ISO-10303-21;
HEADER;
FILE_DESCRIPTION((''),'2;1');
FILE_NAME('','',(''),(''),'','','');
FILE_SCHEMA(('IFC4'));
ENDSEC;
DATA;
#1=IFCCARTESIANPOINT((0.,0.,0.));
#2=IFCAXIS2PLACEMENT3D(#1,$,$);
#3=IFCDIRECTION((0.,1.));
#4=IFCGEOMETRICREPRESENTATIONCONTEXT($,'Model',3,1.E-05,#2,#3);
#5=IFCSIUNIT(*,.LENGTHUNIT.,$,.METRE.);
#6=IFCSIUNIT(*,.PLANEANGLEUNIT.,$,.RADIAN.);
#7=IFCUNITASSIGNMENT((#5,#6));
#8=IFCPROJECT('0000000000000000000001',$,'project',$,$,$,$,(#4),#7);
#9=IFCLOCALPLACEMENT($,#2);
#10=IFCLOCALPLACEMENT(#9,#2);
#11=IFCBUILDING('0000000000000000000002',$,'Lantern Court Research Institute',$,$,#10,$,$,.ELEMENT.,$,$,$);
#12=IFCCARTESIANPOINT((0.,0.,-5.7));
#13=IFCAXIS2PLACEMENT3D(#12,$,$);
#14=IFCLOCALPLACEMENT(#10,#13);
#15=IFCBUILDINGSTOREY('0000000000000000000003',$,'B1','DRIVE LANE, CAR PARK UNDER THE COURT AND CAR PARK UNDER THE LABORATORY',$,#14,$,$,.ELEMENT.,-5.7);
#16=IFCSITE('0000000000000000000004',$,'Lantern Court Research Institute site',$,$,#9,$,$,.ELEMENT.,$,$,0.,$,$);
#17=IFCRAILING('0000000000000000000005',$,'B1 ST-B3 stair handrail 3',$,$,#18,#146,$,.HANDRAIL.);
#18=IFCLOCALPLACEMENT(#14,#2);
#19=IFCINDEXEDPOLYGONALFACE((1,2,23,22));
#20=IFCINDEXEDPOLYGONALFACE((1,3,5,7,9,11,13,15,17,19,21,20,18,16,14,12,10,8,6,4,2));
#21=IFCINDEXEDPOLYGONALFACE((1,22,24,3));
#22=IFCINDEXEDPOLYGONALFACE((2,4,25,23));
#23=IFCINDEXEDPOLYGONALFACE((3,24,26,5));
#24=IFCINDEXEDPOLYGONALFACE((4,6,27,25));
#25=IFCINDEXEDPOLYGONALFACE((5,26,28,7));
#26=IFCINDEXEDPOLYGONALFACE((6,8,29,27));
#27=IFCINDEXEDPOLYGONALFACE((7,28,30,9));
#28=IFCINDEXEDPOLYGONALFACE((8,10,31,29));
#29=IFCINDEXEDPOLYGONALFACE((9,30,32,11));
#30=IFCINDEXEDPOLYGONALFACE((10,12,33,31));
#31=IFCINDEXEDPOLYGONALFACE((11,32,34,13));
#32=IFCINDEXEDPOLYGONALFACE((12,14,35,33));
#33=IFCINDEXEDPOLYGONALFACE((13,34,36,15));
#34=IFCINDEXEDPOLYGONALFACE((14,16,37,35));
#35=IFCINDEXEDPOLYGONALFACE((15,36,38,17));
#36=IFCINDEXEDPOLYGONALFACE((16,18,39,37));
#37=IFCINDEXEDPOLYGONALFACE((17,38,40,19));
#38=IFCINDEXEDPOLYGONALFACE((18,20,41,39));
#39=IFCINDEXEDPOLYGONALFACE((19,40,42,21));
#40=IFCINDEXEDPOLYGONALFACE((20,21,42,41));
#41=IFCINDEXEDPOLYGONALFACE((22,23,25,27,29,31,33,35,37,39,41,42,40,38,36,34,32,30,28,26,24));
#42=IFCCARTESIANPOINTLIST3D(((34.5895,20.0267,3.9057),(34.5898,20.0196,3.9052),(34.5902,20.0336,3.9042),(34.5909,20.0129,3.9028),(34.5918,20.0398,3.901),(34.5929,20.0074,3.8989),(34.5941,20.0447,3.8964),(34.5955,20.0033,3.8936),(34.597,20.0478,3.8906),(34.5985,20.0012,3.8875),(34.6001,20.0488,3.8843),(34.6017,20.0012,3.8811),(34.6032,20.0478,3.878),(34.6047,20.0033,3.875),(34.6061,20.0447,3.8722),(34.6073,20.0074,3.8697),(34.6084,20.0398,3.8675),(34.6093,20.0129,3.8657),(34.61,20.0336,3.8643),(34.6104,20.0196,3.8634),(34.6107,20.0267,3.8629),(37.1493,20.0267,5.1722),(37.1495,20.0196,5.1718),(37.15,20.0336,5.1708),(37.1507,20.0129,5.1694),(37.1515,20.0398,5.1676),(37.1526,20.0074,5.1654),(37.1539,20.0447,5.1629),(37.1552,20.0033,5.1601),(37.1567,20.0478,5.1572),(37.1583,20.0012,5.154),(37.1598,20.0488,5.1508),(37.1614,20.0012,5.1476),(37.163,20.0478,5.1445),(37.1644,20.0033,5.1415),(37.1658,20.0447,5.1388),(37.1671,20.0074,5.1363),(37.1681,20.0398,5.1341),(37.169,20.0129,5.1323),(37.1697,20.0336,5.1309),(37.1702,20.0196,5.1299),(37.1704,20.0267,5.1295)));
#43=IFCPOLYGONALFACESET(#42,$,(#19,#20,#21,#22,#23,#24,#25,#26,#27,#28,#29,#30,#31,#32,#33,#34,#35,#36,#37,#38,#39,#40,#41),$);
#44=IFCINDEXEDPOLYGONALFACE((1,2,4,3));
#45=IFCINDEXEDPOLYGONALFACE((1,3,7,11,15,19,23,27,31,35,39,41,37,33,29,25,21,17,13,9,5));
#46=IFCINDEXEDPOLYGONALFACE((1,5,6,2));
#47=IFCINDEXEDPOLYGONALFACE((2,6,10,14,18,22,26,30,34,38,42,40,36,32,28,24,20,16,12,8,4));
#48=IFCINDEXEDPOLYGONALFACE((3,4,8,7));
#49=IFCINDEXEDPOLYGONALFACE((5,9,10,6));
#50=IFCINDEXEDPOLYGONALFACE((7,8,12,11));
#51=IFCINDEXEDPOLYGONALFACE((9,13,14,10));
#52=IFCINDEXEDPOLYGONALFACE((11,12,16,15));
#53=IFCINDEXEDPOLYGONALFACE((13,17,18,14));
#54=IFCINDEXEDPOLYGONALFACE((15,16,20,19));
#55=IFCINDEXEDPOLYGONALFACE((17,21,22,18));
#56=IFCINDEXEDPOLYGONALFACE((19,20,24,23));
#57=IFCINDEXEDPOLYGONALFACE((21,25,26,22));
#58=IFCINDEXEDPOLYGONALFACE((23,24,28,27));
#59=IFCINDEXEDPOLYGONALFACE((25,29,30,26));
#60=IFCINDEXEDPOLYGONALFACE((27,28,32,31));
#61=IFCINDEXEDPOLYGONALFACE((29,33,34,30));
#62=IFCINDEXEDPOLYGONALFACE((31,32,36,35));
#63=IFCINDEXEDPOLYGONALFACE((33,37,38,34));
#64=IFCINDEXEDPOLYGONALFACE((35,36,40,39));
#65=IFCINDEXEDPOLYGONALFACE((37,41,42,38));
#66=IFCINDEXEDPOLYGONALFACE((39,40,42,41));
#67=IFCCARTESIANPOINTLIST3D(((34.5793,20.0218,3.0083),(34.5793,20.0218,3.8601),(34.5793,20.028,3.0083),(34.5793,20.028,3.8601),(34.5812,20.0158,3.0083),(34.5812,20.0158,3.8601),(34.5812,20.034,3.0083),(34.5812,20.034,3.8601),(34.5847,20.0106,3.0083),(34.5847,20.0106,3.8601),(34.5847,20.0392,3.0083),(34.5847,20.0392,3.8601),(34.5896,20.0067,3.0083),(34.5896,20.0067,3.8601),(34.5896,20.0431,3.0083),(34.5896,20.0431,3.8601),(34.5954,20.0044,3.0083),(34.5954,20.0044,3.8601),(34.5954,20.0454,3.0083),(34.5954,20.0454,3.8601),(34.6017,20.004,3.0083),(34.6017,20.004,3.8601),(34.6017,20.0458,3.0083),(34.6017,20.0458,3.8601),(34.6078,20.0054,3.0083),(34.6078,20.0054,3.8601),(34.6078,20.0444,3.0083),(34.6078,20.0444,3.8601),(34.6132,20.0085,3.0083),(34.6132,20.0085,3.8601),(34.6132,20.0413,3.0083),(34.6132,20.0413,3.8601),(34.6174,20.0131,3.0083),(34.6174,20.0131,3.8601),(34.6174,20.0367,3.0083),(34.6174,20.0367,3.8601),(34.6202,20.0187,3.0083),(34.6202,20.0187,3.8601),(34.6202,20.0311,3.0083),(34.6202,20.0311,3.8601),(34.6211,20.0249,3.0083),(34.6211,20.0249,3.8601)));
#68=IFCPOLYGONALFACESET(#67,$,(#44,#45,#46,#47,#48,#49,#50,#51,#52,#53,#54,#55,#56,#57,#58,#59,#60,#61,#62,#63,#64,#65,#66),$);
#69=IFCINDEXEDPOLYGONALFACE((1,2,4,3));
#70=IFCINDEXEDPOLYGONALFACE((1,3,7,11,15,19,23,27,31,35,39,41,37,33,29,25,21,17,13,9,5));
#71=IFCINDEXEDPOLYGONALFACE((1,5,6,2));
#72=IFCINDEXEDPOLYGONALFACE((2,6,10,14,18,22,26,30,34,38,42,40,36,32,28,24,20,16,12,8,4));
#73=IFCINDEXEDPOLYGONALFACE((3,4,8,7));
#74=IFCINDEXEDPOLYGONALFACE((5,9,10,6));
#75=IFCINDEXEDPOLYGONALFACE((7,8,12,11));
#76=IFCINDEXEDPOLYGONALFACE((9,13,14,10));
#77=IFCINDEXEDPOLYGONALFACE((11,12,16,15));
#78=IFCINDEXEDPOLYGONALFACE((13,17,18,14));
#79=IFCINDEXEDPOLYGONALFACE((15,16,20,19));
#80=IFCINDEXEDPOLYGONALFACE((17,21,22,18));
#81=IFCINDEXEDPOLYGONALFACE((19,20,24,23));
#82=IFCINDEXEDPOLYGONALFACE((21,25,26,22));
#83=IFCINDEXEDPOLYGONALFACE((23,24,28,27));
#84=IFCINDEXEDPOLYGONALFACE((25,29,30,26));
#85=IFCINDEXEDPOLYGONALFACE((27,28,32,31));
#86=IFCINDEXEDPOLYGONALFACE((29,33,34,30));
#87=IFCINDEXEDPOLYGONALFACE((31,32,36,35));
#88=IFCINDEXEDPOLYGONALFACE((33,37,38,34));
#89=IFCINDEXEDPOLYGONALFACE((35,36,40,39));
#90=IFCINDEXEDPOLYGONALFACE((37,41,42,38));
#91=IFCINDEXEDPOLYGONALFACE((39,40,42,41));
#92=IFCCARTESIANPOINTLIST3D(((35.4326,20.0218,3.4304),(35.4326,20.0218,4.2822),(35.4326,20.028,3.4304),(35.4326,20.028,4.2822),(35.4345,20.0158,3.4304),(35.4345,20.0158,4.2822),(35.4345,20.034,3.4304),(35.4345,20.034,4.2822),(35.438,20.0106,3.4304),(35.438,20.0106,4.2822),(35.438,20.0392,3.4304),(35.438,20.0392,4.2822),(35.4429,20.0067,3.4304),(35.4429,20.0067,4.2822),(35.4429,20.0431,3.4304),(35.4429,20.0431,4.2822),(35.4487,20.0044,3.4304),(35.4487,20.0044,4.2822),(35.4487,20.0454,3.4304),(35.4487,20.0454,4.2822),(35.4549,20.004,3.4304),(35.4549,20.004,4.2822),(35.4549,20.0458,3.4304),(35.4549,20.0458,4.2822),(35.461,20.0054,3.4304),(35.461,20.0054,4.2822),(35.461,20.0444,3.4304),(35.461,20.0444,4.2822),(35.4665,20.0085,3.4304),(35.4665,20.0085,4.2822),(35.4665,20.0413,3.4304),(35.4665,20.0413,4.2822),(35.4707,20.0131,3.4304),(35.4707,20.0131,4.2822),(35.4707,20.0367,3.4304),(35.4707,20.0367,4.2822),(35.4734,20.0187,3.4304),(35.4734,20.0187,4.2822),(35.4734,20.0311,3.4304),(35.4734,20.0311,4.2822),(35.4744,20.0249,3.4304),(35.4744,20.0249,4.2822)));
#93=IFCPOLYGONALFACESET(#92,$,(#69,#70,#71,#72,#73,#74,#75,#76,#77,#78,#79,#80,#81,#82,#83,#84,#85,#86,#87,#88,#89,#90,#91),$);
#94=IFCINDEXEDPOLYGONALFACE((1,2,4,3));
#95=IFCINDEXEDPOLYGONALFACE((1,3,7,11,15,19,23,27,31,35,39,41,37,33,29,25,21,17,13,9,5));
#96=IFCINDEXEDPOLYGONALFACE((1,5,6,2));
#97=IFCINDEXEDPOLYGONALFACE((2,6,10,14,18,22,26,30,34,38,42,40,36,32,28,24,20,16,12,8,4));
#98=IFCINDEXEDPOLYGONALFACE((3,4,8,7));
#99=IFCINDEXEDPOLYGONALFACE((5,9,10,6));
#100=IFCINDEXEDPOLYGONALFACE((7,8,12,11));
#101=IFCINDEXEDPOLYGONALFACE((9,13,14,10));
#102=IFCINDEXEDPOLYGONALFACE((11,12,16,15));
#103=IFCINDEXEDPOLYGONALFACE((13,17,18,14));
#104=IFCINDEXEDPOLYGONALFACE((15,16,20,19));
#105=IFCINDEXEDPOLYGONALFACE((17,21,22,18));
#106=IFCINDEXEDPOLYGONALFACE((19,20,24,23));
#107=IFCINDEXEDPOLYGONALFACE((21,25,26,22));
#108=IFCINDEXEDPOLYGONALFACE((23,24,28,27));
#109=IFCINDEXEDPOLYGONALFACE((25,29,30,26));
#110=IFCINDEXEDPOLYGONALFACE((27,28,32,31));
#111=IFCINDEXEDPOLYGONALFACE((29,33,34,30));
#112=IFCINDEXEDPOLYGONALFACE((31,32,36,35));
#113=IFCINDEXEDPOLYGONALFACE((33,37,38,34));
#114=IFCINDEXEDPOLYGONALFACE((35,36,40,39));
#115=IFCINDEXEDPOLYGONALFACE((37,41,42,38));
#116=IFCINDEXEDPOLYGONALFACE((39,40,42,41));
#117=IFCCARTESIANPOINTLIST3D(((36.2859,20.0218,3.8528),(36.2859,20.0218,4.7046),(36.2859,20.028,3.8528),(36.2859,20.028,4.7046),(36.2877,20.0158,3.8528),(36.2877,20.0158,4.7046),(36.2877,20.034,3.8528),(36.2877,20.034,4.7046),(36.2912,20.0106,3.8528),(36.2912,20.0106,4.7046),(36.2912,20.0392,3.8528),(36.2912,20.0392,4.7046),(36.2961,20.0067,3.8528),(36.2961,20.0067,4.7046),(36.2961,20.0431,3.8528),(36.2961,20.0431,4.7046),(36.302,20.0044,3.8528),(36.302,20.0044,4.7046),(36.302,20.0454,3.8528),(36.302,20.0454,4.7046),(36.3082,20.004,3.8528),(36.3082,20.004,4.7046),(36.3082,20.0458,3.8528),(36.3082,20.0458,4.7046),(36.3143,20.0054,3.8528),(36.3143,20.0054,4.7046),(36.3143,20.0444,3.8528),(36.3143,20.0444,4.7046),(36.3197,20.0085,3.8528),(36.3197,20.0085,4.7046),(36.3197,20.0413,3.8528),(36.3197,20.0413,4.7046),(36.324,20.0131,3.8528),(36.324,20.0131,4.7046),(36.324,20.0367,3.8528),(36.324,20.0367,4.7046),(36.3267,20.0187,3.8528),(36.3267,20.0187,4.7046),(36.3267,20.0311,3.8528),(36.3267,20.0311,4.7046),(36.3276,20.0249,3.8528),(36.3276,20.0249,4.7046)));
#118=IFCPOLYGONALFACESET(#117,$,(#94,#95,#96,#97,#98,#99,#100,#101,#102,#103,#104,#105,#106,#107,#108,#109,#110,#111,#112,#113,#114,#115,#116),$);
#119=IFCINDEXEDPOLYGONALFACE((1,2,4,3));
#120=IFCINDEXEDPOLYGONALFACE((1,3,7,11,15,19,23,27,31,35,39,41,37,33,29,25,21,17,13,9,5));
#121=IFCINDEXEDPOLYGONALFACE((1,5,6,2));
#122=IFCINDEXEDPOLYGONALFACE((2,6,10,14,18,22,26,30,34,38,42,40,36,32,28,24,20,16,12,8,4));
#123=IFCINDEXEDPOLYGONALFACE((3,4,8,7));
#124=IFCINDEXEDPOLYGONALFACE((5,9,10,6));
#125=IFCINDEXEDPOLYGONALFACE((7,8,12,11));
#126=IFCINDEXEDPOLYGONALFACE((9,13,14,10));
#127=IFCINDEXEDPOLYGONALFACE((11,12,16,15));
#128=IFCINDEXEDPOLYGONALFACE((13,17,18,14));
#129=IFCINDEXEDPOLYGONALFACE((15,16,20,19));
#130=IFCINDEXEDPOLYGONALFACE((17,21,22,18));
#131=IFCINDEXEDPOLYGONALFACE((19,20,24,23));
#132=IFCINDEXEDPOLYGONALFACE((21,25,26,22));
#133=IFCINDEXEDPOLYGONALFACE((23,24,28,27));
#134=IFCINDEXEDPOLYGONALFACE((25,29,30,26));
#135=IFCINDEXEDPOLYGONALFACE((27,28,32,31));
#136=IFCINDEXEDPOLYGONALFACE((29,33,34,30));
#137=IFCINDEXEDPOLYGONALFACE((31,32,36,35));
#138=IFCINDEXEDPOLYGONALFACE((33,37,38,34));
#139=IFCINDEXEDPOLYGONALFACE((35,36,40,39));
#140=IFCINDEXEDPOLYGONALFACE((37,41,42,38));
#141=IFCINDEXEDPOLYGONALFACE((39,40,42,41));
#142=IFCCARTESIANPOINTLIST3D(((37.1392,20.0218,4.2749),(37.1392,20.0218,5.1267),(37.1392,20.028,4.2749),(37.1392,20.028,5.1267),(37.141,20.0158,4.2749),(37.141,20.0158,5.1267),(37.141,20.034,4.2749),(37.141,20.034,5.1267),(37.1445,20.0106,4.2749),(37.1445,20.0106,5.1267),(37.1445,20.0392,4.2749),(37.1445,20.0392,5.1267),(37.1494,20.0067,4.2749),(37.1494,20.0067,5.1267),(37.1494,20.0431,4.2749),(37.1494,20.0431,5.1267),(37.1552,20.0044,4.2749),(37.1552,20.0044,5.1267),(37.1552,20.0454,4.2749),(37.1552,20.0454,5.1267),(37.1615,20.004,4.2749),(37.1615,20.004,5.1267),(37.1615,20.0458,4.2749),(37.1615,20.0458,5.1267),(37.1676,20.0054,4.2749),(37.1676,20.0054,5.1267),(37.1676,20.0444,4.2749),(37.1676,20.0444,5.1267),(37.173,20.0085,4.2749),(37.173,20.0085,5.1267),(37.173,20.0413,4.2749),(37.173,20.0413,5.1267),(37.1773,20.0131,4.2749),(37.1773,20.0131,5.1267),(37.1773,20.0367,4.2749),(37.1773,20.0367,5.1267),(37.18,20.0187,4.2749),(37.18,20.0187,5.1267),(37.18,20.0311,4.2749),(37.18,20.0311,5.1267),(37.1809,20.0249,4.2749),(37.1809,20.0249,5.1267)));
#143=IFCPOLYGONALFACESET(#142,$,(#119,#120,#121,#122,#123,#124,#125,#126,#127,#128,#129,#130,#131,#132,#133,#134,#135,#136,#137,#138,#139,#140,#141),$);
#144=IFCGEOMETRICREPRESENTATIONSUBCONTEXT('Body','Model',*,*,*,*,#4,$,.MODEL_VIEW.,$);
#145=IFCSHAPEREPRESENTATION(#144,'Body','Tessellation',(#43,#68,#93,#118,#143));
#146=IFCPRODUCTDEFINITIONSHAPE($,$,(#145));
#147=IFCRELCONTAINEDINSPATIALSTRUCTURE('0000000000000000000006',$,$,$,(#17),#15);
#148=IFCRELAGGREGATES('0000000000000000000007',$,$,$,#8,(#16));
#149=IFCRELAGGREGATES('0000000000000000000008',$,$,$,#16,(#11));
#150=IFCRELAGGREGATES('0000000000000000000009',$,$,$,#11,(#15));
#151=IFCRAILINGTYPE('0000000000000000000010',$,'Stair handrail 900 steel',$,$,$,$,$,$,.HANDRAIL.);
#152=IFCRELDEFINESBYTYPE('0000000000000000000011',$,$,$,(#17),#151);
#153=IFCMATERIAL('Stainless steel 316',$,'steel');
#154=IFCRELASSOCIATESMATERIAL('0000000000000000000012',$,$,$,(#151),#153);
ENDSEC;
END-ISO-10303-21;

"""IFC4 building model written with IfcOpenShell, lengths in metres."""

from ifc_helpers import new_model, si_unit, direction, frame, origin, origin_2d, place, context, subcontext, project, spatial, circle, extrude, material, type_object, element, save


model = new_model("IFC4")

# Units and contexts
model_context = context("Model", 3, precision=1e-05, world=origin(), true_north=direction((0.0, 1.0)))
body_context = subcontext(model_context, "Body", "Model", "MODEL_VIEW")
ifc_project = project(units=[si_unit("LENGTHUNIT", "METRE"), si_unit("PLANEANGLEUNIT", "RADIAN")], contexts=[model_context])

# Site, building, storey
site_placement = place(None, origin())
site = spatial("IfcSite", under=ifc_project, at=site_placement, Name="Lantern Court Research Institute site", CompositionType="ELEMENT", RefElevation=0.0)
building_placement = place(site_placement, origin())
building = spatial("IfcBuilding", under=site, at=building_placement, Name="Lantern Court Research Institute", CompositionType="ELEMENT")
storey_placement = place(building_placement, frame((0.0, 0.0, -5.7)))
storey = spatial("IfcBuildingStorey", under=building, at=storey_placement, Name="B1", Description="DRIVE LANE, CAR PARK UNDER THE COURT AND CAR PARK UNDER THE LABORATORY", CompositionType="ELEMENT", Elevation=-5.7)

# Railing
ifc_material_1 = material(Name="Stainless steel 316", Category="steel")
railing_type_1 = type_object("IfcRailingType", Name="Stair handrail 900 steel", PredefinedType="HANDRAIL", material=ifc_material_1)
railing_1_placement = place(storey_placement, frame((34.6001, 20.0249, 3.0083)))
element("IfcRailing", 1, at=railing_1_placement, inside=storey, type_object=railing_type_1, Name="B1 ST-B3 stair handrail 3", PredefinedType="HANDRAIL", context=body_context, shape_type="SweptSolid", body=[
    extrude(circle(Radius=0.0239, at=origin_2d()), frame((0.0, 0.0, 0.876), z_axis=(0.896283, 0.0, 0.443483), x_axis=(0.0, 1.0, 0.0)), (0.0, 0.0, 1.0), 2.856),
    extrude(circle(Radius=0.021, at=origin_2d()), origin(), (0.0, 0.0, 1.0), 0.8518),
    extrude(circle(Radius=0.021, at=origin_2d()), frame((0.8533, 0.0, 0.4221)), (0.0, 0.0, 1.0), 0.8518),
    extrude(circle(Radius=0.021, at=origin_2d()), frame((1.7065, 0.0, 0.8445)), (0.0, 0.0, 1.0), 0.8518),
    extrude(circle(Radius=0.021, at=origin_2d()), frame((2.5598, 0.0, 1.2666)), (0.0, 0.0, 1.0), 0.8518),
])

save(model, "model.ifc")
